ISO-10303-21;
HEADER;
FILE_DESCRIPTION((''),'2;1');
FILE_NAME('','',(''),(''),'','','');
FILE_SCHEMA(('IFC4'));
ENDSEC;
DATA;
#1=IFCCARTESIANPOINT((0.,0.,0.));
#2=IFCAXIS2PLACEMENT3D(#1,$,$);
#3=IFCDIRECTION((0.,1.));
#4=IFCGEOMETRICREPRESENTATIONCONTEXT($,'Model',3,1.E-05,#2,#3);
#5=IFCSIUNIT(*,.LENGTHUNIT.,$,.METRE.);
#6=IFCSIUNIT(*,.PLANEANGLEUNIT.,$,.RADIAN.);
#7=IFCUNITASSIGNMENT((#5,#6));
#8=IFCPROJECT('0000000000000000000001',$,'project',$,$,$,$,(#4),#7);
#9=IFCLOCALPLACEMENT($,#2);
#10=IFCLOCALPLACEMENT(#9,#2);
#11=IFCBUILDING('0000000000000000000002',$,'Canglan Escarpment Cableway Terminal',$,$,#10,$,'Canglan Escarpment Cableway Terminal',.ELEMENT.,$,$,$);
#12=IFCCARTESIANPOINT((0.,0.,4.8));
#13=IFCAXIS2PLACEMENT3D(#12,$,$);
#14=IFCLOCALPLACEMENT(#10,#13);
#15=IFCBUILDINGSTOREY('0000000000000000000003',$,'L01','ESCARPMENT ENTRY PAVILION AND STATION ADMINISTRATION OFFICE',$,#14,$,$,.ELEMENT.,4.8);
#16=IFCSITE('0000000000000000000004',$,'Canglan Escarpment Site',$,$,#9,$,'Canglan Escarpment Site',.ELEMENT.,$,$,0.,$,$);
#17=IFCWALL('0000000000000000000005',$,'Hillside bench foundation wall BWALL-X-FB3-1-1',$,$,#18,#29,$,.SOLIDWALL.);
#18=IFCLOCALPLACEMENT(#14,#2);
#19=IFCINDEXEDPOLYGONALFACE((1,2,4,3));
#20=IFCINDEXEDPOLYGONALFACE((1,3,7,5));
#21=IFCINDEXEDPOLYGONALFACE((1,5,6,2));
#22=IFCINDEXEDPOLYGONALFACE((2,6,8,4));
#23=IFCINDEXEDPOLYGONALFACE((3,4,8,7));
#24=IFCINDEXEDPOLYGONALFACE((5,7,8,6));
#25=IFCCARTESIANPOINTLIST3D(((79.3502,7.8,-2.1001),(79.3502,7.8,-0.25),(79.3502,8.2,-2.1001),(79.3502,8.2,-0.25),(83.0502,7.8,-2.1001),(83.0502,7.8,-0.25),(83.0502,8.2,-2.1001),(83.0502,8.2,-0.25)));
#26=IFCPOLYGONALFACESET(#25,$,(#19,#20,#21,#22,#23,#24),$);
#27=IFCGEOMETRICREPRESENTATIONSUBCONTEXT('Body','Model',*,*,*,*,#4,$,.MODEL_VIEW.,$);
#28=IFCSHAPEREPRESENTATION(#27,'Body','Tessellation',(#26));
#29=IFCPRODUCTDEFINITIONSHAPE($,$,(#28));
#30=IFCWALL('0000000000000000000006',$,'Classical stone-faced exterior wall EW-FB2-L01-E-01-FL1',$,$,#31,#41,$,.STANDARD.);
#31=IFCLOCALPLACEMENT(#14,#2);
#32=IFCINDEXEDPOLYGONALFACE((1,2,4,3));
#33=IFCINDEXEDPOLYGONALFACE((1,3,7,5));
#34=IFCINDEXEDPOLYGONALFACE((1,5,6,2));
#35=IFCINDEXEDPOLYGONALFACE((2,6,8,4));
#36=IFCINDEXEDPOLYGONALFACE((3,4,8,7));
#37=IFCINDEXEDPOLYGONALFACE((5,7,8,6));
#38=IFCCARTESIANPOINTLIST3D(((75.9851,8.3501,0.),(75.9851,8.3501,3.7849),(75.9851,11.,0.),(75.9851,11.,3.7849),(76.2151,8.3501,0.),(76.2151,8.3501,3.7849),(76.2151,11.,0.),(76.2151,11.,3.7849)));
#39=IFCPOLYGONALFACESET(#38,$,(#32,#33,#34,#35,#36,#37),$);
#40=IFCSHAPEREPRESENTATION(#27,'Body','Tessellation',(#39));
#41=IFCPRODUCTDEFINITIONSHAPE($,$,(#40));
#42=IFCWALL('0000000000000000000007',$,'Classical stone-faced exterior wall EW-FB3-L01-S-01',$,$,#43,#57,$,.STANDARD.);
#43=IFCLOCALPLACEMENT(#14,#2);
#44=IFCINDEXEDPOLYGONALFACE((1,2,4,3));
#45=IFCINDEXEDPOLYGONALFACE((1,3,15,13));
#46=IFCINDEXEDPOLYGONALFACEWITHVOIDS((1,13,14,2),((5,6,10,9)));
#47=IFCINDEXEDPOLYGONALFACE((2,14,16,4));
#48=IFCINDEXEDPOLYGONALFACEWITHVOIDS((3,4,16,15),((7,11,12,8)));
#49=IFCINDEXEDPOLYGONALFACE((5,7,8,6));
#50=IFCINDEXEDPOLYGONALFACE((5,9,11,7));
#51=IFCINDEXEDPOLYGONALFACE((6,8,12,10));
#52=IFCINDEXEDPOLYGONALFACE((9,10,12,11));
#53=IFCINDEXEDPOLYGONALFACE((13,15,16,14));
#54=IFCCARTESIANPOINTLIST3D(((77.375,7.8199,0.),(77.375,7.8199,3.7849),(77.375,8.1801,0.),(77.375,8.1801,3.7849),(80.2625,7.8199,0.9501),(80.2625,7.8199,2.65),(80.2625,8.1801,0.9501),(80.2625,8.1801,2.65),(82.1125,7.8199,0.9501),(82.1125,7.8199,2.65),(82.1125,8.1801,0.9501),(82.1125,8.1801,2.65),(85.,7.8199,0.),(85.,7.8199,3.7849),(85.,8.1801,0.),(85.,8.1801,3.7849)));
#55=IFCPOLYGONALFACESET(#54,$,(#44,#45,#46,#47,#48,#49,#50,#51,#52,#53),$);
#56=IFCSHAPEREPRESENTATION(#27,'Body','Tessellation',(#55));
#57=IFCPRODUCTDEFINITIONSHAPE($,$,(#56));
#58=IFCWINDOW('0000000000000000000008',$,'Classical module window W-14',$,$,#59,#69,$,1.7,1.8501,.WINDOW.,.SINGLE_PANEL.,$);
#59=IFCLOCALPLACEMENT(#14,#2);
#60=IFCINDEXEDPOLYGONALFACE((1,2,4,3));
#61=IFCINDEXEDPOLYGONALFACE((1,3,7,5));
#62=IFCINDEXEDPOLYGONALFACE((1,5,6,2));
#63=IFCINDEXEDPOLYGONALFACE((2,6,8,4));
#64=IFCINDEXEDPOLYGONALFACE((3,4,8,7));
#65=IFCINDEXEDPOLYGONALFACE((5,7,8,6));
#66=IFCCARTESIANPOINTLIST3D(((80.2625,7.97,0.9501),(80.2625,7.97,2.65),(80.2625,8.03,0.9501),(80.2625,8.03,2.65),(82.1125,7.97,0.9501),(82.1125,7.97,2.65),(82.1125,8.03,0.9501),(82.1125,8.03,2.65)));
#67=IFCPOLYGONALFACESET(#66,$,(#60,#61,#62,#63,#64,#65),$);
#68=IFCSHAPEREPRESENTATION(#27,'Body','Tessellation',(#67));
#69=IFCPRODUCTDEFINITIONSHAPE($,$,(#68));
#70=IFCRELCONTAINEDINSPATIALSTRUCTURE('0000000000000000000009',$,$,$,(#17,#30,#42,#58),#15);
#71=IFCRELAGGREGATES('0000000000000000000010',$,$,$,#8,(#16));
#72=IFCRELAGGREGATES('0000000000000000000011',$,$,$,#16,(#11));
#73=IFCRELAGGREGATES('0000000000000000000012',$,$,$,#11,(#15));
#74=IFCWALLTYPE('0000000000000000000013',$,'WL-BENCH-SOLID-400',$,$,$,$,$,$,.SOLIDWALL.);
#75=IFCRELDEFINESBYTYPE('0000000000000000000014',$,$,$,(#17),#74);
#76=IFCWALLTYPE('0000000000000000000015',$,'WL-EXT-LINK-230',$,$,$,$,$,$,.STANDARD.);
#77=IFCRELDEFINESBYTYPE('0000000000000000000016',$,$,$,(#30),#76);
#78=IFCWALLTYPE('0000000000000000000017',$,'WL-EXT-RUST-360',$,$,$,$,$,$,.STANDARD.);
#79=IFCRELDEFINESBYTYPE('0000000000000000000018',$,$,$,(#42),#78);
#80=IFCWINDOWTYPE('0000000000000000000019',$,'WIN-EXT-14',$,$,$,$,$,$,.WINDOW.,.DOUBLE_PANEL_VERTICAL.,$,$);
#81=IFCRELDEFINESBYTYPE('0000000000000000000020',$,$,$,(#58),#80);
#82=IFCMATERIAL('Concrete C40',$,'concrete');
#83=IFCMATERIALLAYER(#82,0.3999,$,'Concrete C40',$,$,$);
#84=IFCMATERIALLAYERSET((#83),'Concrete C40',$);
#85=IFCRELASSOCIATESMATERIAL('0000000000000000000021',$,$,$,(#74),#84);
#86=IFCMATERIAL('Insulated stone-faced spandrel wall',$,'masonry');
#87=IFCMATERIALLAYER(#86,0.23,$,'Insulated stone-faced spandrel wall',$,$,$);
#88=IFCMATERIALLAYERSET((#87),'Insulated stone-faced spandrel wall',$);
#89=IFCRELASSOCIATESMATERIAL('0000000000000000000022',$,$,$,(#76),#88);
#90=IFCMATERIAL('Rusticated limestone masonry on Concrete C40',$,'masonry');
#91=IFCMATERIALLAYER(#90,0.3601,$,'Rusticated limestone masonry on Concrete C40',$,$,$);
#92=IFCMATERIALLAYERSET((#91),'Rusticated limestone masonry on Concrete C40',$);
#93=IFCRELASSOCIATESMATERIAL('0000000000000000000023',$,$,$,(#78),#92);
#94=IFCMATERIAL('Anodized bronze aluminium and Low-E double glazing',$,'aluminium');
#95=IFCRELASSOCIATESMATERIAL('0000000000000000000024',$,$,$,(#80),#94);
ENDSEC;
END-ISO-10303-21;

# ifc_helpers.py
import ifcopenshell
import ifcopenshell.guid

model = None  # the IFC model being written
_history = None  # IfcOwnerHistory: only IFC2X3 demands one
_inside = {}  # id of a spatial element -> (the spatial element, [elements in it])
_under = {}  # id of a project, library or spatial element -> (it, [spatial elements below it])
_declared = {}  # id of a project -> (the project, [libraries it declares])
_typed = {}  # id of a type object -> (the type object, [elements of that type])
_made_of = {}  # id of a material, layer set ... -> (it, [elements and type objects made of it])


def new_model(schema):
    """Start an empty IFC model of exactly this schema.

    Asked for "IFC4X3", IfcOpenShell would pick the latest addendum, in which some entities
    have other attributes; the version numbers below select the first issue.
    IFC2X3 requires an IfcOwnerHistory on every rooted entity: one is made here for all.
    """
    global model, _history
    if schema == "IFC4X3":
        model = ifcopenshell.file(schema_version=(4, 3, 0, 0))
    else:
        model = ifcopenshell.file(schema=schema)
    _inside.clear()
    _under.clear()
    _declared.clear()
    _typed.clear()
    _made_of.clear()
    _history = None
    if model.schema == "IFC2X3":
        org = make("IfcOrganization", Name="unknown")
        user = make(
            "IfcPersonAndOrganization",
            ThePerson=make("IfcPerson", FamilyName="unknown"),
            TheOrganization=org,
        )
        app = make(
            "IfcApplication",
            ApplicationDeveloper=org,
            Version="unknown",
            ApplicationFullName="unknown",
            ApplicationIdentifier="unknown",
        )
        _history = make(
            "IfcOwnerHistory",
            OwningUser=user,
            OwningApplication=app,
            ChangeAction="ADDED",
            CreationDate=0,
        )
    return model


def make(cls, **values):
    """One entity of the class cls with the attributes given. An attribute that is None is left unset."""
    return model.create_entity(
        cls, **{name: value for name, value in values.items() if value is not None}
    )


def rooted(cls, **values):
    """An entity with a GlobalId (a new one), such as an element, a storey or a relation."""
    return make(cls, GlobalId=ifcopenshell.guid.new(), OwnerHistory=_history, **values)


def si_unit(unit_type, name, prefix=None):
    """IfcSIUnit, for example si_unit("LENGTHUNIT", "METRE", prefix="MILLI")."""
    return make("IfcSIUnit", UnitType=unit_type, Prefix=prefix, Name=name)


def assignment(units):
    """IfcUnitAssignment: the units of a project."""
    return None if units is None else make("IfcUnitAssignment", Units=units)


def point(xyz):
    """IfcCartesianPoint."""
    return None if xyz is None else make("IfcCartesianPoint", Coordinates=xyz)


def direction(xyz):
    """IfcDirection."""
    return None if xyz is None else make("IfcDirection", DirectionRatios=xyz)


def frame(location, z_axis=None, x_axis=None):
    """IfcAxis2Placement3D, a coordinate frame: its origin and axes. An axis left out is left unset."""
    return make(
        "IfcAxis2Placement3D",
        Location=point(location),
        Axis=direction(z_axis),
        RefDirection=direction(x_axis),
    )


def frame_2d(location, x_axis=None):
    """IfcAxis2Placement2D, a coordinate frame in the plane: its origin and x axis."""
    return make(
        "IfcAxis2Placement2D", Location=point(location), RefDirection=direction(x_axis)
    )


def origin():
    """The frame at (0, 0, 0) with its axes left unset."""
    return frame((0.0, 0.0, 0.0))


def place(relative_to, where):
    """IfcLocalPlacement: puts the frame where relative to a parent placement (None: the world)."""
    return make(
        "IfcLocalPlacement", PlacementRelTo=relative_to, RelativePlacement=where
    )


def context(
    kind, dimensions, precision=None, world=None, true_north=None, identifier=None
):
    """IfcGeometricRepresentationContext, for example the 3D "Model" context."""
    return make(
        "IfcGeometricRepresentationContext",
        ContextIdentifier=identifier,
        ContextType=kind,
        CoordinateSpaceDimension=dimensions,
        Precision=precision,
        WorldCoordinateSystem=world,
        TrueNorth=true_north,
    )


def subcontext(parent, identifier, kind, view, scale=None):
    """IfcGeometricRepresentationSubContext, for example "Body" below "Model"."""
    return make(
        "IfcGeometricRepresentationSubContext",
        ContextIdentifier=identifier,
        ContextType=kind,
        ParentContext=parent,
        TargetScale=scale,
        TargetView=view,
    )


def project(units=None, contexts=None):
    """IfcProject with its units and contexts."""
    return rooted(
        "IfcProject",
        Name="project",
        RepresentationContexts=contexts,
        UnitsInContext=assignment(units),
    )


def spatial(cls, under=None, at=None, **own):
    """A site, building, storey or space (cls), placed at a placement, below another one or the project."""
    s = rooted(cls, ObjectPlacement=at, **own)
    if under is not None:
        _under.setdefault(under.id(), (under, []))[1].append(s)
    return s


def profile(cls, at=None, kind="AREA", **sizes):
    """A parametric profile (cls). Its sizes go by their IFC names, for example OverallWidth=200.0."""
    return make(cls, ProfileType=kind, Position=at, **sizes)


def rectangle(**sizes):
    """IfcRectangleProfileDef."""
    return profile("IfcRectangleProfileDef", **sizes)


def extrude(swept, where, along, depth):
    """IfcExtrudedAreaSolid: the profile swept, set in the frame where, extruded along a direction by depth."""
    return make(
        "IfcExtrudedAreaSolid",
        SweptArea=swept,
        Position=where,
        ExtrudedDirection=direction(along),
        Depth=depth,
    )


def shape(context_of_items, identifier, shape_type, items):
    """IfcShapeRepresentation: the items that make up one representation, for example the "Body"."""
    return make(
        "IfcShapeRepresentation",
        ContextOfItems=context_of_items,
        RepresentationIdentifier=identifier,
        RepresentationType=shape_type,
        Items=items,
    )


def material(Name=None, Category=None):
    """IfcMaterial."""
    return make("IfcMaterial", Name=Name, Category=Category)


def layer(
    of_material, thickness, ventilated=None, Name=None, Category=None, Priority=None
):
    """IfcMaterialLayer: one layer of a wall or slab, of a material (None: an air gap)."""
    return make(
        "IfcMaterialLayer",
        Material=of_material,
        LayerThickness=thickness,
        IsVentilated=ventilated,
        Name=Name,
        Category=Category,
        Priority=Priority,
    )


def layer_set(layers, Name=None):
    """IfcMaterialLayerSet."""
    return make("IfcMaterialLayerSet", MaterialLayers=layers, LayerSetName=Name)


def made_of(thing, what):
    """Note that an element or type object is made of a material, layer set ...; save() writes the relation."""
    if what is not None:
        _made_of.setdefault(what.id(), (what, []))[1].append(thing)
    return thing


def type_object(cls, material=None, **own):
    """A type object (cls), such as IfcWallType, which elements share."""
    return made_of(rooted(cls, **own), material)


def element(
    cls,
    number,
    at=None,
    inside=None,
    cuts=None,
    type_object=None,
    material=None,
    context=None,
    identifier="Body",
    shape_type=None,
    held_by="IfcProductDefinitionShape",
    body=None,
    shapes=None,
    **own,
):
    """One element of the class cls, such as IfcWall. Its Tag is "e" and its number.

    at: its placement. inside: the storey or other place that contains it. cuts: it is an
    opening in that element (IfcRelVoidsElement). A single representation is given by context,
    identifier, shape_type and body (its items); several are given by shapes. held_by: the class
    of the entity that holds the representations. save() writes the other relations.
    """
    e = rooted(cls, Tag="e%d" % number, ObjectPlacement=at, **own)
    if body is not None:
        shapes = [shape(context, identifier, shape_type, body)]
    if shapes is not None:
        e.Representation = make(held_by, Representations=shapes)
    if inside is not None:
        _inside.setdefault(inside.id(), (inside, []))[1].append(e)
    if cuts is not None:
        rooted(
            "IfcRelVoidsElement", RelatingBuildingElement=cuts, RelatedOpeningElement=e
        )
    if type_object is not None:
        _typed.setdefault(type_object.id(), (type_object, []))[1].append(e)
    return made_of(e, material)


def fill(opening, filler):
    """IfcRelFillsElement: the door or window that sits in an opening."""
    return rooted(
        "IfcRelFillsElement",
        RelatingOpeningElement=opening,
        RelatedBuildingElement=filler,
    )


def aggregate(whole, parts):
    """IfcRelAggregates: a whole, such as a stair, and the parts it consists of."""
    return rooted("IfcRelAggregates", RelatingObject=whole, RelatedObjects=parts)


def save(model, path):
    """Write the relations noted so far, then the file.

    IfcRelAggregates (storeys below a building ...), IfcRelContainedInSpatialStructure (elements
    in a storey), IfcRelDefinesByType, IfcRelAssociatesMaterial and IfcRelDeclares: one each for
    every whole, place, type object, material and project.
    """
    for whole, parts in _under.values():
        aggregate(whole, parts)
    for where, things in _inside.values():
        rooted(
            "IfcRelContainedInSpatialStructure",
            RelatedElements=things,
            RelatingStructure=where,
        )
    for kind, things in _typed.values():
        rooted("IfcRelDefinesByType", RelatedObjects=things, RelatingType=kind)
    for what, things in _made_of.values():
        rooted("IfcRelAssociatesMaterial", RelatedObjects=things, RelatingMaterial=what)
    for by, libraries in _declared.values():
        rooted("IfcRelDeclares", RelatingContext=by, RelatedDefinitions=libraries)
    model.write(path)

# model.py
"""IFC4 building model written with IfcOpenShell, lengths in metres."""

from ifc_helpers import new_model, si_unit, direction, frame, frame_2d, origin, place, context, subcontext, project, spatial, rectangle, extrude, material, layer, layer_set, type_object, element, fill, save


model = new_model("IFC4")

# Units and contexts
model_context = context("Model", 3, precision=1e-05, world=origin(), true_north=direction((0.0, 1.0)))
body_context = subcontext(model_context, "Body", "Model", "MODEL_VIEW")
ifc_project = project(units=[si_unit("LENGTHUNIT", "METRE"), si_unit("PLANEANGLEUNIT", "RADIAN")], contexts=[model_context])

# Site, building, storey
site_placement = place(None, origin())
site = spatial("IfcSite", under=ifc_project, at=site_placement, Name="Canglan Escarpment Site", LongName="Canglan Escarpment Site", CompositionType="ELEMENT", RefElevation=0.0)
building_placement = place(site_placement, origin())
building = spatial("IfcBuilding", under=site, at=building_placement, Name="Canglan Escarpment Cableway Terminal", LongName="Canglan Escarpment Cableway Terminal", CompositionType="ELEMENT")
storey_placement = place(building_placement, frame((0.0, 0.0, 4.8)))
storey = spatial("IfcBuildingStorey", under=building, at=storey_placement, Name="L01", Description="ESCARPMENT ENTRY PAVILION AND STATION ADMINISTRATION OFFICE", CompositionType="ELEMENT", Elevation=4.8)

# Shared definitions
ifc_material_1 = material(Name="Concrete C40", Category="concrete")

# Shared definitions
ifc_material_2 = material(Name="Anodized bronze aluminium and Low-E double glazing", Category="aluminium")

# Walls
ifc_layer_1 = layer(ifc_material_1, 0.3999, Name="Concrete C40")
ifc_layer_set_1 = layer_set([ifc_layer_1], Name="Concrete C40")
wall_type_1 = type_object("IfcWallType", Name="WL-BENCH-SOLID-400", PredefinedType="SOLIDWALL", material=ifc_layer_set_1)
wall_1_placement = place(storey_placement, frame((79.3501, 8.0, -2.1001), z_axis=(0.0, 0.0, 1.0), x_axis=(1.0, 0.0, 0.0)))
element("IfcWall", 1, at=wall_1_placement, inside=storey, type_object=wall_type_1, Name="Hillside bench foundation wall BWALL-X-FB3-1-1", PredefinedType="SOLIDWALL", context=body_context, shape_type="SweptSolid", body=[
    extrude(rectangle(XDim=3.7, YDim=0.3999, at=frame_2d((1.8501, 0.0))), origin(), (0.0, 0.0, 1.0), 1.8501),
])
ifc_material_3 = material(Name="Insulated stone-faced spandrel wall", Category="masonry")
ifc_layer_2 = layer(ifc_material_3, 0.23, Name="Insulated stone-faced spandrel wall")
ifc_layer_set_2 = layer_set([ifc_layer_2], Name="Insulated stone-faced spandrel wall")
wall_type_2 = type_object("IfcWallType", Name="WL-EXT-LINK-230", PredefinedType="STANDARD", material=ifc_layer_set_2)
wall_2_placement = place(storey_placement, frame((76.1001, 8.3501, 0.0), z_axis=(0.0, 0.0, 1.0), x_axis=(0.0, 1.0, 0.0)))
element("IfcWall", 2, at=wall_2_placement, inside=storey, type_object=wall_type_2, Name="Classical stone-faced exterior wall EW-FB2-L01-E-01-FL1", PredefinedType="STANDARD", context=body_context, shape_type="SweptSolid", body=[
    extrude(rectangle(XDim=2.6499, YDim=0.23, at=frame_2d((1.325, 0.0))), origin(), (0.0, 0.0, 1.0), 3.7849),
])

# Wall, opening, window
ifc_material_4 = material(Name="Rusticated limestone masonry on Concrete C40", Category="masonry")
ifc_layer_3 = layer(ifc_material_4, 0.3601, Name="Rusticated limestone masonry on Concrete C40")
ifc_layer_set_3 = layer_set([ifc_layer_3], Name="Rusticated limestone masonry on Concrete C40")
wall_type_3 = type_object("IfcWallType", Name="WL-EXT-RUST-360", PredefinedType="STANDARD", material=ifc_layer_set_3)
wall_3_placement = place(storey_placement, frame((77.375, 8.0, 0.0), z_axis=(0.0, 0.0, 1.0), x_axis=(1.0, 0.0, 0.0)))
wall_3 = element("IfcWall", 3, at=wall_3_placement, inside=storey, type_object=wall_type_3, Name="Classical stone-faced exterior wall EW-FB3-L01-S-01", PredefinedType="STANDARD", context=body_context, shape_type="SweptSolid", body=[
    extrude(rectangle(XDim=7.625, YDim=0.3601, at=frame_2d((3.8125, 0.0))), origin(), (0.0, 0.0, 1.0), 3.7849),
])
opening_placement = place(wall_3_placement, frame((2.8875, 0.0, 0.95)))
opening = element("IfcOpeningElement", 4, at=opening_placement, cuts=wall_3, PredefinedType="OPENING", context=body_context, shape_type="SweptSolid", body=[
    extrude(rectangle(XDim=1.8501, YDim=1.7, at=frame_2d((0.925, 0.8501))), frame((0.0, 0.1899, 0.0), z_axis=(0.0, -1.0, 0.0), x_axis=(1.0, 0.0, 0.0)), (0.0, 0.0, 1.0), 0.3801),
])
window_type = type_object("IfcWindowType", Name="WIN-EXT-14", PartitioningType="DOUBLE_PANEL_VERTICAL", PredefinedType="WINDOW", material=ifc_material_2)
window_placement = place(opening_placement, origin())
window = element("IfcWindow", 5, at=window_placement, inside=storey, type_object=window_type, Name="Classical module window W-14", OverallHeight=1.7, OverallWidth=1.8501, PartitioningType="SINGLE_PANEL", PredefinedType="WINDOW", context=body_context, shape_type="SweptSolid", body=[
    extrude(rectangle(XDim=1.8501, YDim=1.7, at=frame_2d((0.925, 0.8501))), frame((0.0, 0.03, 0.0), z_axis=(0.0, -1.0, 0.0), x_axis=(1.0, 0.0, 0.0)), (0.0, 0.0, 1.0), 0.0601),
])
fill(opening, window)

save(model, "model.ifc")
